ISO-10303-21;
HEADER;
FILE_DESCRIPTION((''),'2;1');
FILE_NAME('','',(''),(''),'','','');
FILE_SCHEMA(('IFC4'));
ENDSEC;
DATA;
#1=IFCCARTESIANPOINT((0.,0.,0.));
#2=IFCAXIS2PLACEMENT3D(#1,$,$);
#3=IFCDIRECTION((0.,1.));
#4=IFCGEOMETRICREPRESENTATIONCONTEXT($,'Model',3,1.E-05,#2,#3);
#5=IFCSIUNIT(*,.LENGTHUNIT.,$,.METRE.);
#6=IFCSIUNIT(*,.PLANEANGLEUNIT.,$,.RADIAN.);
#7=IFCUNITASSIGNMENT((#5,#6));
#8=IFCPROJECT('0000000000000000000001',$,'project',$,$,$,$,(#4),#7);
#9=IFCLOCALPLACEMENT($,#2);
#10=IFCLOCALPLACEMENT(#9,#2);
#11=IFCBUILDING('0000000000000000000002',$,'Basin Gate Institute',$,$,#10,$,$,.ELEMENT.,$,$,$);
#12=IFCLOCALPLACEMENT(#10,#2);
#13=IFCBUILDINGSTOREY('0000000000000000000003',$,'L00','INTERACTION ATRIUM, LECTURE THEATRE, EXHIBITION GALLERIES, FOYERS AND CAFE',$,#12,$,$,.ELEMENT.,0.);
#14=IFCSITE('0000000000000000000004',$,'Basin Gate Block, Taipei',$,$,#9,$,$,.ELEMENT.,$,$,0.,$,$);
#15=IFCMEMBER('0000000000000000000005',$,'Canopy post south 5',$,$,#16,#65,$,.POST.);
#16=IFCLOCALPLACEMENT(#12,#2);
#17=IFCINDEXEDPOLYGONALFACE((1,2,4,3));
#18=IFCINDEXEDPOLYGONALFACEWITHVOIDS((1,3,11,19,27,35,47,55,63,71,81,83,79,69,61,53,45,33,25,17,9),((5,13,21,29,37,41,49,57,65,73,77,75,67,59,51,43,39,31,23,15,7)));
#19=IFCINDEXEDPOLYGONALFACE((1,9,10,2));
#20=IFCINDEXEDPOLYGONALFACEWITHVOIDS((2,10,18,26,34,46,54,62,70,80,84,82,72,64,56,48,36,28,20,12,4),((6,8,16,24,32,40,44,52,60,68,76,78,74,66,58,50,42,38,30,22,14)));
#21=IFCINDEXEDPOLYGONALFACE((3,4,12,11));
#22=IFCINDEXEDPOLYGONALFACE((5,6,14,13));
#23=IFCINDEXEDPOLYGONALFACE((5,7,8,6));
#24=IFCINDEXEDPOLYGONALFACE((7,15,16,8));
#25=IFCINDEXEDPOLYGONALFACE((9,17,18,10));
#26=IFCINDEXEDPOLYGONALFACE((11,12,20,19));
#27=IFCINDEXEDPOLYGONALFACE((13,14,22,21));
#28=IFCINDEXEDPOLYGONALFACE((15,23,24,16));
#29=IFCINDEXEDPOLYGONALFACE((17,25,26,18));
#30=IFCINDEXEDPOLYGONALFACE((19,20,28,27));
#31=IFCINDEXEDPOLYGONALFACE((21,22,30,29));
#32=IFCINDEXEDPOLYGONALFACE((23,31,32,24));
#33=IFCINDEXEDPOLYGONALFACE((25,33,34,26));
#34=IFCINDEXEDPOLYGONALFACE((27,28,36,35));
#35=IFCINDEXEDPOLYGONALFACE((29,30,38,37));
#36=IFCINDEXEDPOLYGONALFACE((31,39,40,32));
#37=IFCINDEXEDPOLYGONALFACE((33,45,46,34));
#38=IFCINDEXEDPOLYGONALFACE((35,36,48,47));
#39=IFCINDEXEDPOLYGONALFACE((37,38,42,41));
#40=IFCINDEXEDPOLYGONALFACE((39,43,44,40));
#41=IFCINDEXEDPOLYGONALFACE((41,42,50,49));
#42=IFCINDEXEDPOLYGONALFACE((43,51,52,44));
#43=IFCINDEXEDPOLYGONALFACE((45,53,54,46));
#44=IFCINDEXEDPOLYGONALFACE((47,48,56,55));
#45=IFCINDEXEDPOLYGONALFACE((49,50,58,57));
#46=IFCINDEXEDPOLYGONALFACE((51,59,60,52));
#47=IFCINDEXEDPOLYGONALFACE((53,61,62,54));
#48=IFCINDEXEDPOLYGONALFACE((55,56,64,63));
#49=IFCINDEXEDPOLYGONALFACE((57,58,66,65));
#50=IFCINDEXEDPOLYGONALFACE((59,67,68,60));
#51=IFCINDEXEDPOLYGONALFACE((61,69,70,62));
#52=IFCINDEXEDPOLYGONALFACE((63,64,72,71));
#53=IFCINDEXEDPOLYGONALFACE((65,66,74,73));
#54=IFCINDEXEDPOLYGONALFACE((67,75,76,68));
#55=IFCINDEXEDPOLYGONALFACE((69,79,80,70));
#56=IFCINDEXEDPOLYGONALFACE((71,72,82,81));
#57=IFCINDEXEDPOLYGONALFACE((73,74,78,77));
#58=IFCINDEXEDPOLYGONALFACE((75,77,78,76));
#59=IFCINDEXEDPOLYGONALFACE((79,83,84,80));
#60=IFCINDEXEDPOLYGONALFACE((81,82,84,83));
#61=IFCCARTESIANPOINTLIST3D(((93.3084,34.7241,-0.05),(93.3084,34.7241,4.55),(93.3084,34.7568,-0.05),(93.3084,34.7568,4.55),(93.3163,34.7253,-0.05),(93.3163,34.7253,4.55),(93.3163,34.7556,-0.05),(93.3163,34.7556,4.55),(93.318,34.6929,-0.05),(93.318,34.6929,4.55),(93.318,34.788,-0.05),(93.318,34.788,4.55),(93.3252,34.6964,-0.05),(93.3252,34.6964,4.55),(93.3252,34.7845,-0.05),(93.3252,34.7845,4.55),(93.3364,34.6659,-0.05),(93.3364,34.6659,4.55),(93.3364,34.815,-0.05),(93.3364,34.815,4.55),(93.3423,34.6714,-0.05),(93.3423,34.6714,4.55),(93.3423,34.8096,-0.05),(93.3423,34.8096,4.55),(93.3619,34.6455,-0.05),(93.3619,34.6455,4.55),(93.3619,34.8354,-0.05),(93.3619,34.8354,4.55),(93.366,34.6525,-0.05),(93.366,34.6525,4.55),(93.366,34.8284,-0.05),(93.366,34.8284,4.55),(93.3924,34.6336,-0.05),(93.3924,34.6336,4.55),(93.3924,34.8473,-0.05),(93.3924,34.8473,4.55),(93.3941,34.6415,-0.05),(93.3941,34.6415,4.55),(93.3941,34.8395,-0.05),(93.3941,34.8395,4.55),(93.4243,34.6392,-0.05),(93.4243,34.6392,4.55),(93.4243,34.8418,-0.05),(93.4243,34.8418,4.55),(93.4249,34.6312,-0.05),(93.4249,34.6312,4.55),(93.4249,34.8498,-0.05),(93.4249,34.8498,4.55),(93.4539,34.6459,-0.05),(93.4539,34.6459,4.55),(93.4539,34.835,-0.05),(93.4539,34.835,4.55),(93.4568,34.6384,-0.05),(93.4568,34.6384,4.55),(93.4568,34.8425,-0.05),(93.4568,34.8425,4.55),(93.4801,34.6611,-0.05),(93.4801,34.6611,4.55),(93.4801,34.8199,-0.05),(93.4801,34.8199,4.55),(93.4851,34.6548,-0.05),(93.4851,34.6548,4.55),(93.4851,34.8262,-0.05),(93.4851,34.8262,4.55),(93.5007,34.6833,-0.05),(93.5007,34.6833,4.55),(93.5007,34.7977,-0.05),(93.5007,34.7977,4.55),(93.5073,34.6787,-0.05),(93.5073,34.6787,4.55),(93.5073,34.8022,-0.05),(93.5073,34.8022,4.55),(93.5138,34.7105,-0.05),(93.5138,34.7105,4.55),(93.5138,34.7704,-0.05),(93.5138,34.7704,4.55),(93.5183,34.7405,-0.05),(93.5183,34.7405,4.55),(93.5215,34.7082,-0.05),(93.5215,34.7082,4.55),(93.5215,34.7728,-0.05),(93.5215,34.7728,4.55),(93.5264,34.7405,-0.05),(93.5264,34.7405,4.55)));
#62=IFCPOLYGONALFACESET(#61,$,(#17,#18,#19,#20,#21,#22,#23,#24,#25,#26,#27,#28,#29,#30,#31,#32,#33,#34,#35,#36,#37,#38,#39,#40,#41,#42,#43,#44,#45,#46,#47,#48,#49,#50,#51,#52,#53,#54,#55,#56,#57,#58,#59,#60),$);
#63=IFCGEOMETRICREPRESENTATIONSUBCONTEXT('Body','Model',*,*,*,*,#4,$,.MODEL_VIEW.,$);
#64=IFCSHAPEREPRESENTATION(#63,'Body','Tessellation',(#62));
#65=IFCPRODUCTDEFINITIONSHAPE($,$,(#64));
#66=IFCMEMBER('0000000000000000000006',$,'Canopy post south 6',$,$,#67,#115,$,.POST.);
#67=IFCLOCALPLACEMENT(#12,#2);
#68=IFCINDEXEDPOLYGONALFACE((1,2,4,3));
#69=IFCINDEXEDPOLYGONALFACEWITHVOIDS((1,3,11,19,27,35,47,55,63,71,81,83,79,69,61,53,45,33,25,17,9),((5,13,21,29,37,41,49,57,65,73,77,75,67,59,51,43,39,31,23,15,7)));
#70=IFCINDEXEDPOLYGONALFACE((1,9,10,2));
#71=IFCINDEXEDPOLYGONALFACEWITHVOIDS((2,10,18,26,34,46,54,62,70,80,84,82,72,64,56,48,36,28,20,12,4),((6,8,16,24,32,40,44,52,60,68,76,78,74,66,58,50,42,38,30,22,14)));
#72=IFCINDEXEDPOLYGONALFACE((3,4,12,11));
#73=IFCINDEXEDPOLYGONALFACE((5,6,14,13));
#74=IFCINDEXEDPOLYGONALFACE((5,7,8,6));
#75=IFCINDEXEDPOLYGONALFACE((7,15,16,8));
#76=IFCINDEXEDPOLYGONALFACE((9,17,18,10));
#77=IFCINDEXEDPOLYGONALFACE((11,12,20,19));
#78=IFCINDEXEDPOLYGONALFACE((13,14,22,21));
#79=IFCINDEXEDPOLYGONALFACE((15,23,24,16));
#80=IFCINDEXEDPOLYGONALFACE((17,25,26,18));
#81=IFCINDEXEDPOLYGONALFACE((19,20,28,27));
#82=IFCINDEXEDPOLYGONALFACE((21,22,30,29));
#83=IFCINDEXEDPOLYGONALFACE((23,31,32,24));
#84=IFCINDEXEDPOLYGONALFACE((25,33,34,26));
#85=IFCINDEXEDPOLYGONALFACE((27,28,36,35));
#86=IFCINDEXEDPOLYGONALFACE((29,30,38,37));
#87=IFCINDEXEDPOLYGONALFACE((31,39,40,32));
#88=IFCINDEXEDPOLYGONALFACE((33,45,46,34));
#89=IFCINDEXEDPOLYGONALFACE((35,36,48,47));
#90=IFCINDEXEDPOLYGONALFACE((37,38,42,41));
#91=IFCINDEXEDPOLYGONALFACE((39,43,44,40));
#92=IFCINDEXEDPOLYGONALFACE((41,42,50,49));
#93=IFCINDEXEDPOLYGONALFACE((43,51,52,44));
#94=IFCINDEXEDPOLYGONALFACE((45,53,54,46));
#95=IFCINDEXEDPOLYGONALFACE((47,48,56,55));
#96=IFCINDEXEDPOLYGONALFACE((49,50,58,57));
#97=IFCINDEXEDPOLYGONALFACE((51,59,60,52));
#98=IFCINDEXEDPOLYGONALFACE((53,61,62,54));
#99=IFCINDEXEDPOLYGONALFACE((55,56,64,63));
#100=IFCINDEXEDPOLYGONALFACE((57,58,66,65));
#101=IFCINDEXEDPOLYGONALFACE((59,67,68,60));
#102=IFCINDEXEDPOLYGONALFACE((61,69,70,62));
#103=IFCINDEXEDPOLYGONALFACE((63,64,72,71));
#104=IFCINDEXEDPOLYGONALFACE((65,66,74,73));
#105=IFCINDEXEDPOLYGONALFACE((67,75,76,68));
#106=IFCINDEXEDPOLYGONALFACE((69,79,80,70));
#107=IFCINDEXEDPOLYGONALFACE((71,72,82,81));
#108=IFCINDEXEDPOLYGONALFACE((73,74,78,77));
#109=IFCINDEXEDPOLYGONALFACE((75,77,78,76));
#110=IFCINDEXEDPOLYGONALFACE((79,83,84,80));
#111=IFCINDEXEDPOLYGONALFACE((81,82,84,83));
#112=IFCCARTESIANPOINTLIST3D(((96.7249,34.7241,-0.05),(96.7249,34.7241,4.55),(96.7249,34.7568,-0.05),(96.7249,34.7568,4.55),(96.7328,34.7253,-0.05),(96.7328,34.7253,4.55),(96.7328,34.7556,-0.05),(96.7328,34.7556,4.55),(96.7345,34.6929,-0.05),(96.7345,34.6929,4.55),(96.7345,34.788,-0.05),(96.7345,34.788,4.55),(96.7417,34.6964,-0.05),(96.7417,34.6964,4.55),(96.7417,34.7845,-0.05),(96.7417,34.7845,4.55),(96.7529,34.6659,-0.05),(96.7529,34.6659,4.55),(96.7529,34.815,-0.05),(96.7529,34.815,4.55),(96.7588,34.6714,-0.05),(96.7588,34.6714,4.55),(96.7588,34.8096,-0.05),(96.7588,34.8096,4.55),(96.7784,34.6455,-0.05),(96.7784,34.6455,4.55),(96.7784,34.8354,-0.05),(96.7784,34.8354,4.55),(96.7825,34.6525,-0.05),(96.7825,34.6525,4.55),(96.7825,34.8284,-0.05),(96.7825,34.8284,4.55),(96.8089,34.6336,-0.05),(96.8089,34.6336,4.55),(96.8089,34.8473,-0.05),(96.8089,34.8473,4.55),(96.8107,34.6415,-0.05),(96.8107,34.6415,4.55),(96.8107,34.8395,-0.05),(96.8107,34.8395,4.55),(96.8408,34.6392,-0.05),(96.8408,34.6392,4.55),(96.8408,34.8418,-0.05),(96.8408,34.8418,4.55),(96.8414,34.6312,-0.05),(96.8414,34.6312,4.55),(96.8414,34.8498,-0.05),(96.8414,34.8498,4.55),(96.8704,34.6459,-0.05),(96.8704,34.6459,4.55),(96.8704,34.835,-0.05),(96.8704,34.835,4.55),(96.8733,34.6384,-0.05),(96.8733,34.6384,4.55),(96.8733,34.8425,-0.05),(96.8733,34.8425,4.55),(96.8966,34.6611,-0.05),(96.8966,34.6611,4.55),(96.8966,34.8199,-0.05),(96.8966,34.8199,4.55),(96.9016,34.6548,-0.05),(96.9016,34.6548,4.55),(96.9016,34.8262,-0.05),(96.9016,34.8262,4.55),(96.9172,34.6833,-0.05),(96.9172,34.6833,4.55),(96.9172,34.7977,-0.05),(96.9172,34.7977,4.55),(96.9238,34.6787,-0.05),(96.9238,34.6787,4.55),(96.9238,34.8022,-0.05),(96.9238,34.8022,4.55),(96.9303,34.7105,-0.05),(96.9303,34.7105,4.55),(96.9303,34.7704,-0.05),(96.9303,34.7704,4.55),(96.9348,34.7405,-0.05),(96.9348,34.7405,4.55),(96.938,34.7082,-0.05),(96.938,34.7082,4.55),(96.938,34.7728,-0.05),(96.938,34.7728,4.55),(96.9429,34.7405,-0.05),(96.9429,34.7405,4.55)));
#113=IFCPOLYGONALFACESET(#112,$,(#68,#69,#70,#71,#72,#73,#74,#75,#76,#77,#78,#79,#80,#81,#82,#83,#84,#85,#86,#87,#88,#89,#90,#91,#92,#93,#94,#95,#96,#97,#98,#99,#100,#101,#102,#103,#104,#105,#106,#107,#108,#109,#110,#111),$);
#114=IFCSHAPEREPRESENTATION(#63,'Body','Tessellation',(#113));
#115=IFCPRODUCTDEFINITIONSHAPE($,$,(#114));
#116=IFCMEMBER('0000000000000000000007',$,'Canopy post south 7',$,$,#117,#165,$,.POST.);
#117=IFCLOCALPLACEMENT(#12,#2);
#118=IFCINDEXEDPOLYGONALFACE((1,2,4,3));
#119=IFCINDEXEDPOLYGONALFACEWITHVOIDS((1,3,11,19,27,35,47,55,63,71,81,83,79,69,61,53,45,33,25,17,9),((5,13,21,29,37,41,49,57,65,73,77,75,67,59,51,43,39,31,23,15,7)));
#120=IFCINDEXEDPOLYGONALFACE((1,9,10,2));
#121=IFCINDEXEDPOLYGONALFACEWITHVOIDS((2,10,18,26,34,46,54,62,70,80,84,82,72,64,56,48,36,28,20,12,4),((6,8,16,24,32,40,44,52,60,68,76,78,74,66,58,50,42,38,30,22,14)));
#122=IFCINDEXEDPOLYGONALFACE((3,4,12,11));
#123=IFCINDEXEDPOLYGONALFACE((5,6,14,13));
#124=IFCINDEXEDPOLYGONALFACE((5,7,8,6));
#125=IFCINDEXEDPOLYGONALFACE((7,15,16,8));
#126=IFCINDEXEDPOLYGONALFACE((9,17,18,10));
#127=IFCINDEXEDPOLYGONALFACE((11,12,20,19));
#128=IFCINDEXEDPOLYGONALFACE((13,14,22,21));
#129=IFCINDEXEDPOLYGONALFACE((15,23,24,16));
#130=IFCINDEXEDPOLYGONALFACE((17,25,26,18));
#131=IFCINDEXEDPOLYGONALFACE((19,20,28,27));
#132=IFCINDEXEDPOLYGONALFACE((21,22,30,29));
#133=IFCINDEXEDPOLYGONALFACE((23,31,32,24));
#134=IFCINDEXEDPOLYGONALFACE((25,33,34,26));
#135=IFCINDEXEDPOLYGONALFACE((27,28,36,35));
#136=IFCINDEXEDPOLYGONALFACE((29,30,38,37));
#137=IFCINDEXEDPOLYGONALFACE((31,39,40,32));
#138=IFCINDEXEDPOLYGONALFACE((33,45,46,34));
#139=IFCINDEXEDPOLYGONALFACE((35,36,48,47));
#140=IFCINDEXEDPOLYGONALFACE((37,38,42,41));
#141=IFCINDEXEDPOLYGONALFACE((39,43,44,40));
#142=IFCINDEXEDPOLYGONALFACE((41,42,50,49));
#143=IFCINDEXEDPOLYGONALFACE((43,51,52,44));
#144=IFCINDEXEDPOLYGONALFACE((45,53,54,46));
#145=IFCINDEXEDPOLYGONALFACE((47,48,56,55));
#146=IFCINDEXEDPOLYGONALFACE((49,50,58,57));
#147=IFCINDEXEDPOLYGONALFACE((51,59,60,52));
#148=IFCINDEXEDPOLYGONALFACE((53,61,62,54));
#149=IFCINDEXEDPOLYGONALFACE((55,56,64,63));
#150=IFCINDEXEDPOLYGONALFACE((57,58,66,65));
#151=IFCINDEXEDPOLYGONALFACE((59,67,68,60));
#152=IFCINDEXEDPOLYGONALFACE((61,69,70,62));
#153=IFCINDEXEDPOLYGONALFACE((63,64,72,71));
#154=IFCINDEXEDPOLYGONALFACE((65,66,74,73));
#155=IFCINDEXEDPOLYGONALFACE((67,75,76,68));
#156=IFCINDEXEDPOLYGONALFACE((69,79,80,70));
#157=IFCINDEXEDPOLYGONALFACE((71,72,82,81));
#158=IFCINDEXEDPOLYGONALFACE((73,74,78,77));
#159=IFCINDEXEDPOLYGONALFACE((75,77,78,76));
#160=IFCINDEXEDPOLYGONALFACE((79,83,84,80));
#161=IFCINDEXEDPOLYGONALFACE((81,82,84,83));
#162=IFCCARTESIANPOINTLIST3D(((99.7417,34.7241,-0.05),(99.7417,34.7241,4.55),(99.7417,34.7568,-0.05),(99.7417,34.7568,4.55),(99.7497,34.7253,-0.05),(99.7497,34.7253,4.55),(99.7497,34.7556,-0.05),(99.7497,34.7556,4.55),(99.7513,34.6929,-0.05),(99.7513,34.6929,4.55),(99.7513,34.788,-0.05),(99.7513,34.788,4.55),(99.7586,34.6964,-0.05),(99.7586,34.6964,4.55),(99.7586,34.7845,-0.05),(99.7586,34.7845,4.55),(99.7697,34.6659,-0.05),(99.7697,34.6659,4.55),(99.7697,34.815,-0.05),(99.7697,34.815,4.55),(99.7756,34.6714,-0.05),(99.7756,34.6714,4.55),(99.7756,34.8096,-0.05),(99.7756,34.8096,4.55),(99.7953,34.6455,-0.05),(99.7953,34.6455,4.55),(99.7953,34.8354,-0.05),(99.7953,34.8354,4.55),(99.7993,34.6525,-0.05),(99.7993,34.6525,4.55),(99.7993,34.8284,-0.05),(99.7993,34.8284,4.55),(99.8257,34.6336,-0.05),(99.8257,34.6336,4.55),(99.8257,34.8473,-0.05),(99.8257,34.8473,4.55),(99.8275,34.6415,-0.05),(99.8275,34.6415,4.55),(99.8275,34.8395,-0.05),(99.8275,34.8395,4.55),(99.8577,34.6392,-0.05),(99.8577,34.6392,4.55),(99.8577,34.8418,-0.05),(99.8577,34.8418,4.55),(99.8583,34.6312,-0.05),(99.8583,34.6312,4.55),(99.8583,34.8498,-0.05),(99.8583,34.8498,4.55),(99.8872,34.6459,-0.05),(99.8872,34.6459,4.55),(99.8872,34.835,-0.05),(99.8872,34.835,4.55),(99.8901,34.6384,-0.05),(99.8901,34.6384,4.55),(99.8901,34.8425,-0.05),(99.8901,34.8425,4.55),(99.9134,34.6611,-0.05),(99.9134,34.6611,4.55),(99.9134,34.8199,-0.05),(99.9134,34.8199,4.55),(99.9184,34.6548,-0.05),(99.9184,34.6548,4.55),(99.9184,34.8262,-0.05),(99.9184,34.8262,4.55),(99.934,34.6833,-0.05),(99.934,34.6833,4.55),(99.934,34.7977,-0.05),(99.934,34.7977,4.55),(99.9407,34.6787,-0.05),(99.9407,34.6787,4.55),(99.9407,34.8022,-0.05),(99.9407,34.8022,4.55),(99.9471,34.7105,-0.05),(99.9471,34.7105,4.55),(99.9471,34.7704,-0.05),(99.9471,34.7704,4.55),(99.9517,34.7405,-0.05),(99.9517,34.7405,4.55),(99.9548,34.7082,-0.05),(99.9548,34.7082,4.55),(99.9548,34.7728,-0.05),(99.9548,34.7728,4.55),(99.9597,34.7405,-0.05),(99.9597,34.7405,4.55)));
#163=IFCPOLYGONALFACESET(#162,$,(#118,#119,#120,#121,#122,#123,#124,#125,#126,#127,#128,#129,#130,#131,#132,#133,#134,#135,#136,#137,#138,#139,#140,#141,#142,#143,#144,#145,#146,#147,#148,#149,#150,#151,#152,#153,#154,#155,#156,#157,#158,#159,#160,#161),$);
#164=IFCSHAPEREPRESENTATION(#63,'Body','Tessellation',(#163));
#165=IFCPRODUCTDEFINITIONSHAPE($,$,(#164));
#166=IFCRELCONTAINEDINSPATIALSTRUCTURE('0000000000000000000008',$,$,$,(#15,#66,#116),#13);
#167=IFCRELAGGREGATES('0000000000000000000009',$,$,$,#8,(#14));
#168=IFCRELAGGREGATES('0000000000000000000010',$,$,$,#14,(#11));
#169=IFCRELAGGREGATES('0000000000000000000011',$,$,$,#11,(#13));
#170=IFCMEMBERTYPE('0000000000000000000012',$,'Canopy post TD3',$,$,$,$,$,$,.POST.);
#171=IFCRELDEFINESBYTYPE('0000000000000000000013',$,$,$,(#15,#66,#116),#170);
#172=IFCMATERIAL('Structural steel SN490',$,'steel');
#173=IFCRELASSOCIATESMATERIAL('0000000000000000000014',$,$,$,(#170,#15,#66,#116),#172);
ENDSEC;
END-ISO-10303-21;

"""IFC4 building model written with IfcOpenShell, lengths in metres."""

from ifc_helpers import new_model, si_unit, direction, frame, origin, origin_2d, place, context, subcontext, project, spatial, hollow_circle, extrude, material, material_profile, profile_set, type_object, element, save


model = new_model("IFC4")

# Units and contexts
model_context = context("Model", 3, precision=1e-05, world=origin(), true_north=direction((0.0, 1.0)))
body_context = subcontext(model_context, "Body", "Model", "MODEL_VIEW")
ifc_project = project(units=[si_unit("LENGTHUNIT", "METRE"), si_unit("PLANEANGLEUNIT", "RADIAN")], contexts=[model_context])

# Site, building, storey
site_placement = place(None, origin())
site = spatial("IfcSite", under=ifc_project, at=site_placement, Name="Basin Gate Block, Taipei", CompositionType="ELEMENT", RefElevation=0.0)
building_placement = place(site_placement, origin())
building = spatial("IfcBuilding", under=site, at=building_placement, Name="Basin Gate Institute", CompositionType="ELEMENT")
storey_placement = place(building_placement, origin())
storey = spatial("IfcBuildingStorey", under=building, at=storey_placement, Name="L00", Description="INTERACTION ATRIUM, LECTURE THEATRE, EXHIBITION GALLERIES, FOYERS AND CAFE", CompositionType="ELEMENT", Elevation=0.0)

# Members
ifc_material_1 = material(Name="Structural steel SN490", Category="steel")
ifc_material_profile_1 = material_profile(ifc_material_1, hollow_circle(Radius=0.1096, WallThickness=0.0081, at=origin_2d()), Name="CHS219x8")
ifc_profile_set_1 = profile_set([ifc_material_profile_1], Name="Structural steel SN490")
member_type_1 = type_object("IfcMemberType", Name="Canopy post TD3", PredefinedType="POST", material=ifc_profile_set_1)
for number, where, z_axis, x_axis, name in (
    (1, (93.4167, 34.7405, -0.05), (0.0, 0.0, 1.0), (1.0, 0.0, 0.0), "Canopy post south 5"),
    (2, (96.8333, 34.7405, -0.05), (0.0, 0.0, 1.0), (1.0, 0.0, 0.0), "Canopy post south 6"),
    (3, (99.8501, 34.7405, -0.05), (0.0, 0.0, 1.0), (1.0, 0.0, 0.0), "Canopy post south 7"),
):
    element("IfcMember", number, at=place(storey_placement, frame(where, z_axis=z_axis, x_axis=x_axis)), inside=storey, type_object=member_type_1, material=ifc_profile_set_1, Name=name, PredefinedType="POST", context=body_context, shape_type="SweptSolid", body=[
        extrude(hollow_circle(Radius=0.1096, WallThickness=0.0081, at=origin_2d()), origin(), (0.0, 0.0, 1.0), 4.6001),
    ])

save(model, "model.ifc")
